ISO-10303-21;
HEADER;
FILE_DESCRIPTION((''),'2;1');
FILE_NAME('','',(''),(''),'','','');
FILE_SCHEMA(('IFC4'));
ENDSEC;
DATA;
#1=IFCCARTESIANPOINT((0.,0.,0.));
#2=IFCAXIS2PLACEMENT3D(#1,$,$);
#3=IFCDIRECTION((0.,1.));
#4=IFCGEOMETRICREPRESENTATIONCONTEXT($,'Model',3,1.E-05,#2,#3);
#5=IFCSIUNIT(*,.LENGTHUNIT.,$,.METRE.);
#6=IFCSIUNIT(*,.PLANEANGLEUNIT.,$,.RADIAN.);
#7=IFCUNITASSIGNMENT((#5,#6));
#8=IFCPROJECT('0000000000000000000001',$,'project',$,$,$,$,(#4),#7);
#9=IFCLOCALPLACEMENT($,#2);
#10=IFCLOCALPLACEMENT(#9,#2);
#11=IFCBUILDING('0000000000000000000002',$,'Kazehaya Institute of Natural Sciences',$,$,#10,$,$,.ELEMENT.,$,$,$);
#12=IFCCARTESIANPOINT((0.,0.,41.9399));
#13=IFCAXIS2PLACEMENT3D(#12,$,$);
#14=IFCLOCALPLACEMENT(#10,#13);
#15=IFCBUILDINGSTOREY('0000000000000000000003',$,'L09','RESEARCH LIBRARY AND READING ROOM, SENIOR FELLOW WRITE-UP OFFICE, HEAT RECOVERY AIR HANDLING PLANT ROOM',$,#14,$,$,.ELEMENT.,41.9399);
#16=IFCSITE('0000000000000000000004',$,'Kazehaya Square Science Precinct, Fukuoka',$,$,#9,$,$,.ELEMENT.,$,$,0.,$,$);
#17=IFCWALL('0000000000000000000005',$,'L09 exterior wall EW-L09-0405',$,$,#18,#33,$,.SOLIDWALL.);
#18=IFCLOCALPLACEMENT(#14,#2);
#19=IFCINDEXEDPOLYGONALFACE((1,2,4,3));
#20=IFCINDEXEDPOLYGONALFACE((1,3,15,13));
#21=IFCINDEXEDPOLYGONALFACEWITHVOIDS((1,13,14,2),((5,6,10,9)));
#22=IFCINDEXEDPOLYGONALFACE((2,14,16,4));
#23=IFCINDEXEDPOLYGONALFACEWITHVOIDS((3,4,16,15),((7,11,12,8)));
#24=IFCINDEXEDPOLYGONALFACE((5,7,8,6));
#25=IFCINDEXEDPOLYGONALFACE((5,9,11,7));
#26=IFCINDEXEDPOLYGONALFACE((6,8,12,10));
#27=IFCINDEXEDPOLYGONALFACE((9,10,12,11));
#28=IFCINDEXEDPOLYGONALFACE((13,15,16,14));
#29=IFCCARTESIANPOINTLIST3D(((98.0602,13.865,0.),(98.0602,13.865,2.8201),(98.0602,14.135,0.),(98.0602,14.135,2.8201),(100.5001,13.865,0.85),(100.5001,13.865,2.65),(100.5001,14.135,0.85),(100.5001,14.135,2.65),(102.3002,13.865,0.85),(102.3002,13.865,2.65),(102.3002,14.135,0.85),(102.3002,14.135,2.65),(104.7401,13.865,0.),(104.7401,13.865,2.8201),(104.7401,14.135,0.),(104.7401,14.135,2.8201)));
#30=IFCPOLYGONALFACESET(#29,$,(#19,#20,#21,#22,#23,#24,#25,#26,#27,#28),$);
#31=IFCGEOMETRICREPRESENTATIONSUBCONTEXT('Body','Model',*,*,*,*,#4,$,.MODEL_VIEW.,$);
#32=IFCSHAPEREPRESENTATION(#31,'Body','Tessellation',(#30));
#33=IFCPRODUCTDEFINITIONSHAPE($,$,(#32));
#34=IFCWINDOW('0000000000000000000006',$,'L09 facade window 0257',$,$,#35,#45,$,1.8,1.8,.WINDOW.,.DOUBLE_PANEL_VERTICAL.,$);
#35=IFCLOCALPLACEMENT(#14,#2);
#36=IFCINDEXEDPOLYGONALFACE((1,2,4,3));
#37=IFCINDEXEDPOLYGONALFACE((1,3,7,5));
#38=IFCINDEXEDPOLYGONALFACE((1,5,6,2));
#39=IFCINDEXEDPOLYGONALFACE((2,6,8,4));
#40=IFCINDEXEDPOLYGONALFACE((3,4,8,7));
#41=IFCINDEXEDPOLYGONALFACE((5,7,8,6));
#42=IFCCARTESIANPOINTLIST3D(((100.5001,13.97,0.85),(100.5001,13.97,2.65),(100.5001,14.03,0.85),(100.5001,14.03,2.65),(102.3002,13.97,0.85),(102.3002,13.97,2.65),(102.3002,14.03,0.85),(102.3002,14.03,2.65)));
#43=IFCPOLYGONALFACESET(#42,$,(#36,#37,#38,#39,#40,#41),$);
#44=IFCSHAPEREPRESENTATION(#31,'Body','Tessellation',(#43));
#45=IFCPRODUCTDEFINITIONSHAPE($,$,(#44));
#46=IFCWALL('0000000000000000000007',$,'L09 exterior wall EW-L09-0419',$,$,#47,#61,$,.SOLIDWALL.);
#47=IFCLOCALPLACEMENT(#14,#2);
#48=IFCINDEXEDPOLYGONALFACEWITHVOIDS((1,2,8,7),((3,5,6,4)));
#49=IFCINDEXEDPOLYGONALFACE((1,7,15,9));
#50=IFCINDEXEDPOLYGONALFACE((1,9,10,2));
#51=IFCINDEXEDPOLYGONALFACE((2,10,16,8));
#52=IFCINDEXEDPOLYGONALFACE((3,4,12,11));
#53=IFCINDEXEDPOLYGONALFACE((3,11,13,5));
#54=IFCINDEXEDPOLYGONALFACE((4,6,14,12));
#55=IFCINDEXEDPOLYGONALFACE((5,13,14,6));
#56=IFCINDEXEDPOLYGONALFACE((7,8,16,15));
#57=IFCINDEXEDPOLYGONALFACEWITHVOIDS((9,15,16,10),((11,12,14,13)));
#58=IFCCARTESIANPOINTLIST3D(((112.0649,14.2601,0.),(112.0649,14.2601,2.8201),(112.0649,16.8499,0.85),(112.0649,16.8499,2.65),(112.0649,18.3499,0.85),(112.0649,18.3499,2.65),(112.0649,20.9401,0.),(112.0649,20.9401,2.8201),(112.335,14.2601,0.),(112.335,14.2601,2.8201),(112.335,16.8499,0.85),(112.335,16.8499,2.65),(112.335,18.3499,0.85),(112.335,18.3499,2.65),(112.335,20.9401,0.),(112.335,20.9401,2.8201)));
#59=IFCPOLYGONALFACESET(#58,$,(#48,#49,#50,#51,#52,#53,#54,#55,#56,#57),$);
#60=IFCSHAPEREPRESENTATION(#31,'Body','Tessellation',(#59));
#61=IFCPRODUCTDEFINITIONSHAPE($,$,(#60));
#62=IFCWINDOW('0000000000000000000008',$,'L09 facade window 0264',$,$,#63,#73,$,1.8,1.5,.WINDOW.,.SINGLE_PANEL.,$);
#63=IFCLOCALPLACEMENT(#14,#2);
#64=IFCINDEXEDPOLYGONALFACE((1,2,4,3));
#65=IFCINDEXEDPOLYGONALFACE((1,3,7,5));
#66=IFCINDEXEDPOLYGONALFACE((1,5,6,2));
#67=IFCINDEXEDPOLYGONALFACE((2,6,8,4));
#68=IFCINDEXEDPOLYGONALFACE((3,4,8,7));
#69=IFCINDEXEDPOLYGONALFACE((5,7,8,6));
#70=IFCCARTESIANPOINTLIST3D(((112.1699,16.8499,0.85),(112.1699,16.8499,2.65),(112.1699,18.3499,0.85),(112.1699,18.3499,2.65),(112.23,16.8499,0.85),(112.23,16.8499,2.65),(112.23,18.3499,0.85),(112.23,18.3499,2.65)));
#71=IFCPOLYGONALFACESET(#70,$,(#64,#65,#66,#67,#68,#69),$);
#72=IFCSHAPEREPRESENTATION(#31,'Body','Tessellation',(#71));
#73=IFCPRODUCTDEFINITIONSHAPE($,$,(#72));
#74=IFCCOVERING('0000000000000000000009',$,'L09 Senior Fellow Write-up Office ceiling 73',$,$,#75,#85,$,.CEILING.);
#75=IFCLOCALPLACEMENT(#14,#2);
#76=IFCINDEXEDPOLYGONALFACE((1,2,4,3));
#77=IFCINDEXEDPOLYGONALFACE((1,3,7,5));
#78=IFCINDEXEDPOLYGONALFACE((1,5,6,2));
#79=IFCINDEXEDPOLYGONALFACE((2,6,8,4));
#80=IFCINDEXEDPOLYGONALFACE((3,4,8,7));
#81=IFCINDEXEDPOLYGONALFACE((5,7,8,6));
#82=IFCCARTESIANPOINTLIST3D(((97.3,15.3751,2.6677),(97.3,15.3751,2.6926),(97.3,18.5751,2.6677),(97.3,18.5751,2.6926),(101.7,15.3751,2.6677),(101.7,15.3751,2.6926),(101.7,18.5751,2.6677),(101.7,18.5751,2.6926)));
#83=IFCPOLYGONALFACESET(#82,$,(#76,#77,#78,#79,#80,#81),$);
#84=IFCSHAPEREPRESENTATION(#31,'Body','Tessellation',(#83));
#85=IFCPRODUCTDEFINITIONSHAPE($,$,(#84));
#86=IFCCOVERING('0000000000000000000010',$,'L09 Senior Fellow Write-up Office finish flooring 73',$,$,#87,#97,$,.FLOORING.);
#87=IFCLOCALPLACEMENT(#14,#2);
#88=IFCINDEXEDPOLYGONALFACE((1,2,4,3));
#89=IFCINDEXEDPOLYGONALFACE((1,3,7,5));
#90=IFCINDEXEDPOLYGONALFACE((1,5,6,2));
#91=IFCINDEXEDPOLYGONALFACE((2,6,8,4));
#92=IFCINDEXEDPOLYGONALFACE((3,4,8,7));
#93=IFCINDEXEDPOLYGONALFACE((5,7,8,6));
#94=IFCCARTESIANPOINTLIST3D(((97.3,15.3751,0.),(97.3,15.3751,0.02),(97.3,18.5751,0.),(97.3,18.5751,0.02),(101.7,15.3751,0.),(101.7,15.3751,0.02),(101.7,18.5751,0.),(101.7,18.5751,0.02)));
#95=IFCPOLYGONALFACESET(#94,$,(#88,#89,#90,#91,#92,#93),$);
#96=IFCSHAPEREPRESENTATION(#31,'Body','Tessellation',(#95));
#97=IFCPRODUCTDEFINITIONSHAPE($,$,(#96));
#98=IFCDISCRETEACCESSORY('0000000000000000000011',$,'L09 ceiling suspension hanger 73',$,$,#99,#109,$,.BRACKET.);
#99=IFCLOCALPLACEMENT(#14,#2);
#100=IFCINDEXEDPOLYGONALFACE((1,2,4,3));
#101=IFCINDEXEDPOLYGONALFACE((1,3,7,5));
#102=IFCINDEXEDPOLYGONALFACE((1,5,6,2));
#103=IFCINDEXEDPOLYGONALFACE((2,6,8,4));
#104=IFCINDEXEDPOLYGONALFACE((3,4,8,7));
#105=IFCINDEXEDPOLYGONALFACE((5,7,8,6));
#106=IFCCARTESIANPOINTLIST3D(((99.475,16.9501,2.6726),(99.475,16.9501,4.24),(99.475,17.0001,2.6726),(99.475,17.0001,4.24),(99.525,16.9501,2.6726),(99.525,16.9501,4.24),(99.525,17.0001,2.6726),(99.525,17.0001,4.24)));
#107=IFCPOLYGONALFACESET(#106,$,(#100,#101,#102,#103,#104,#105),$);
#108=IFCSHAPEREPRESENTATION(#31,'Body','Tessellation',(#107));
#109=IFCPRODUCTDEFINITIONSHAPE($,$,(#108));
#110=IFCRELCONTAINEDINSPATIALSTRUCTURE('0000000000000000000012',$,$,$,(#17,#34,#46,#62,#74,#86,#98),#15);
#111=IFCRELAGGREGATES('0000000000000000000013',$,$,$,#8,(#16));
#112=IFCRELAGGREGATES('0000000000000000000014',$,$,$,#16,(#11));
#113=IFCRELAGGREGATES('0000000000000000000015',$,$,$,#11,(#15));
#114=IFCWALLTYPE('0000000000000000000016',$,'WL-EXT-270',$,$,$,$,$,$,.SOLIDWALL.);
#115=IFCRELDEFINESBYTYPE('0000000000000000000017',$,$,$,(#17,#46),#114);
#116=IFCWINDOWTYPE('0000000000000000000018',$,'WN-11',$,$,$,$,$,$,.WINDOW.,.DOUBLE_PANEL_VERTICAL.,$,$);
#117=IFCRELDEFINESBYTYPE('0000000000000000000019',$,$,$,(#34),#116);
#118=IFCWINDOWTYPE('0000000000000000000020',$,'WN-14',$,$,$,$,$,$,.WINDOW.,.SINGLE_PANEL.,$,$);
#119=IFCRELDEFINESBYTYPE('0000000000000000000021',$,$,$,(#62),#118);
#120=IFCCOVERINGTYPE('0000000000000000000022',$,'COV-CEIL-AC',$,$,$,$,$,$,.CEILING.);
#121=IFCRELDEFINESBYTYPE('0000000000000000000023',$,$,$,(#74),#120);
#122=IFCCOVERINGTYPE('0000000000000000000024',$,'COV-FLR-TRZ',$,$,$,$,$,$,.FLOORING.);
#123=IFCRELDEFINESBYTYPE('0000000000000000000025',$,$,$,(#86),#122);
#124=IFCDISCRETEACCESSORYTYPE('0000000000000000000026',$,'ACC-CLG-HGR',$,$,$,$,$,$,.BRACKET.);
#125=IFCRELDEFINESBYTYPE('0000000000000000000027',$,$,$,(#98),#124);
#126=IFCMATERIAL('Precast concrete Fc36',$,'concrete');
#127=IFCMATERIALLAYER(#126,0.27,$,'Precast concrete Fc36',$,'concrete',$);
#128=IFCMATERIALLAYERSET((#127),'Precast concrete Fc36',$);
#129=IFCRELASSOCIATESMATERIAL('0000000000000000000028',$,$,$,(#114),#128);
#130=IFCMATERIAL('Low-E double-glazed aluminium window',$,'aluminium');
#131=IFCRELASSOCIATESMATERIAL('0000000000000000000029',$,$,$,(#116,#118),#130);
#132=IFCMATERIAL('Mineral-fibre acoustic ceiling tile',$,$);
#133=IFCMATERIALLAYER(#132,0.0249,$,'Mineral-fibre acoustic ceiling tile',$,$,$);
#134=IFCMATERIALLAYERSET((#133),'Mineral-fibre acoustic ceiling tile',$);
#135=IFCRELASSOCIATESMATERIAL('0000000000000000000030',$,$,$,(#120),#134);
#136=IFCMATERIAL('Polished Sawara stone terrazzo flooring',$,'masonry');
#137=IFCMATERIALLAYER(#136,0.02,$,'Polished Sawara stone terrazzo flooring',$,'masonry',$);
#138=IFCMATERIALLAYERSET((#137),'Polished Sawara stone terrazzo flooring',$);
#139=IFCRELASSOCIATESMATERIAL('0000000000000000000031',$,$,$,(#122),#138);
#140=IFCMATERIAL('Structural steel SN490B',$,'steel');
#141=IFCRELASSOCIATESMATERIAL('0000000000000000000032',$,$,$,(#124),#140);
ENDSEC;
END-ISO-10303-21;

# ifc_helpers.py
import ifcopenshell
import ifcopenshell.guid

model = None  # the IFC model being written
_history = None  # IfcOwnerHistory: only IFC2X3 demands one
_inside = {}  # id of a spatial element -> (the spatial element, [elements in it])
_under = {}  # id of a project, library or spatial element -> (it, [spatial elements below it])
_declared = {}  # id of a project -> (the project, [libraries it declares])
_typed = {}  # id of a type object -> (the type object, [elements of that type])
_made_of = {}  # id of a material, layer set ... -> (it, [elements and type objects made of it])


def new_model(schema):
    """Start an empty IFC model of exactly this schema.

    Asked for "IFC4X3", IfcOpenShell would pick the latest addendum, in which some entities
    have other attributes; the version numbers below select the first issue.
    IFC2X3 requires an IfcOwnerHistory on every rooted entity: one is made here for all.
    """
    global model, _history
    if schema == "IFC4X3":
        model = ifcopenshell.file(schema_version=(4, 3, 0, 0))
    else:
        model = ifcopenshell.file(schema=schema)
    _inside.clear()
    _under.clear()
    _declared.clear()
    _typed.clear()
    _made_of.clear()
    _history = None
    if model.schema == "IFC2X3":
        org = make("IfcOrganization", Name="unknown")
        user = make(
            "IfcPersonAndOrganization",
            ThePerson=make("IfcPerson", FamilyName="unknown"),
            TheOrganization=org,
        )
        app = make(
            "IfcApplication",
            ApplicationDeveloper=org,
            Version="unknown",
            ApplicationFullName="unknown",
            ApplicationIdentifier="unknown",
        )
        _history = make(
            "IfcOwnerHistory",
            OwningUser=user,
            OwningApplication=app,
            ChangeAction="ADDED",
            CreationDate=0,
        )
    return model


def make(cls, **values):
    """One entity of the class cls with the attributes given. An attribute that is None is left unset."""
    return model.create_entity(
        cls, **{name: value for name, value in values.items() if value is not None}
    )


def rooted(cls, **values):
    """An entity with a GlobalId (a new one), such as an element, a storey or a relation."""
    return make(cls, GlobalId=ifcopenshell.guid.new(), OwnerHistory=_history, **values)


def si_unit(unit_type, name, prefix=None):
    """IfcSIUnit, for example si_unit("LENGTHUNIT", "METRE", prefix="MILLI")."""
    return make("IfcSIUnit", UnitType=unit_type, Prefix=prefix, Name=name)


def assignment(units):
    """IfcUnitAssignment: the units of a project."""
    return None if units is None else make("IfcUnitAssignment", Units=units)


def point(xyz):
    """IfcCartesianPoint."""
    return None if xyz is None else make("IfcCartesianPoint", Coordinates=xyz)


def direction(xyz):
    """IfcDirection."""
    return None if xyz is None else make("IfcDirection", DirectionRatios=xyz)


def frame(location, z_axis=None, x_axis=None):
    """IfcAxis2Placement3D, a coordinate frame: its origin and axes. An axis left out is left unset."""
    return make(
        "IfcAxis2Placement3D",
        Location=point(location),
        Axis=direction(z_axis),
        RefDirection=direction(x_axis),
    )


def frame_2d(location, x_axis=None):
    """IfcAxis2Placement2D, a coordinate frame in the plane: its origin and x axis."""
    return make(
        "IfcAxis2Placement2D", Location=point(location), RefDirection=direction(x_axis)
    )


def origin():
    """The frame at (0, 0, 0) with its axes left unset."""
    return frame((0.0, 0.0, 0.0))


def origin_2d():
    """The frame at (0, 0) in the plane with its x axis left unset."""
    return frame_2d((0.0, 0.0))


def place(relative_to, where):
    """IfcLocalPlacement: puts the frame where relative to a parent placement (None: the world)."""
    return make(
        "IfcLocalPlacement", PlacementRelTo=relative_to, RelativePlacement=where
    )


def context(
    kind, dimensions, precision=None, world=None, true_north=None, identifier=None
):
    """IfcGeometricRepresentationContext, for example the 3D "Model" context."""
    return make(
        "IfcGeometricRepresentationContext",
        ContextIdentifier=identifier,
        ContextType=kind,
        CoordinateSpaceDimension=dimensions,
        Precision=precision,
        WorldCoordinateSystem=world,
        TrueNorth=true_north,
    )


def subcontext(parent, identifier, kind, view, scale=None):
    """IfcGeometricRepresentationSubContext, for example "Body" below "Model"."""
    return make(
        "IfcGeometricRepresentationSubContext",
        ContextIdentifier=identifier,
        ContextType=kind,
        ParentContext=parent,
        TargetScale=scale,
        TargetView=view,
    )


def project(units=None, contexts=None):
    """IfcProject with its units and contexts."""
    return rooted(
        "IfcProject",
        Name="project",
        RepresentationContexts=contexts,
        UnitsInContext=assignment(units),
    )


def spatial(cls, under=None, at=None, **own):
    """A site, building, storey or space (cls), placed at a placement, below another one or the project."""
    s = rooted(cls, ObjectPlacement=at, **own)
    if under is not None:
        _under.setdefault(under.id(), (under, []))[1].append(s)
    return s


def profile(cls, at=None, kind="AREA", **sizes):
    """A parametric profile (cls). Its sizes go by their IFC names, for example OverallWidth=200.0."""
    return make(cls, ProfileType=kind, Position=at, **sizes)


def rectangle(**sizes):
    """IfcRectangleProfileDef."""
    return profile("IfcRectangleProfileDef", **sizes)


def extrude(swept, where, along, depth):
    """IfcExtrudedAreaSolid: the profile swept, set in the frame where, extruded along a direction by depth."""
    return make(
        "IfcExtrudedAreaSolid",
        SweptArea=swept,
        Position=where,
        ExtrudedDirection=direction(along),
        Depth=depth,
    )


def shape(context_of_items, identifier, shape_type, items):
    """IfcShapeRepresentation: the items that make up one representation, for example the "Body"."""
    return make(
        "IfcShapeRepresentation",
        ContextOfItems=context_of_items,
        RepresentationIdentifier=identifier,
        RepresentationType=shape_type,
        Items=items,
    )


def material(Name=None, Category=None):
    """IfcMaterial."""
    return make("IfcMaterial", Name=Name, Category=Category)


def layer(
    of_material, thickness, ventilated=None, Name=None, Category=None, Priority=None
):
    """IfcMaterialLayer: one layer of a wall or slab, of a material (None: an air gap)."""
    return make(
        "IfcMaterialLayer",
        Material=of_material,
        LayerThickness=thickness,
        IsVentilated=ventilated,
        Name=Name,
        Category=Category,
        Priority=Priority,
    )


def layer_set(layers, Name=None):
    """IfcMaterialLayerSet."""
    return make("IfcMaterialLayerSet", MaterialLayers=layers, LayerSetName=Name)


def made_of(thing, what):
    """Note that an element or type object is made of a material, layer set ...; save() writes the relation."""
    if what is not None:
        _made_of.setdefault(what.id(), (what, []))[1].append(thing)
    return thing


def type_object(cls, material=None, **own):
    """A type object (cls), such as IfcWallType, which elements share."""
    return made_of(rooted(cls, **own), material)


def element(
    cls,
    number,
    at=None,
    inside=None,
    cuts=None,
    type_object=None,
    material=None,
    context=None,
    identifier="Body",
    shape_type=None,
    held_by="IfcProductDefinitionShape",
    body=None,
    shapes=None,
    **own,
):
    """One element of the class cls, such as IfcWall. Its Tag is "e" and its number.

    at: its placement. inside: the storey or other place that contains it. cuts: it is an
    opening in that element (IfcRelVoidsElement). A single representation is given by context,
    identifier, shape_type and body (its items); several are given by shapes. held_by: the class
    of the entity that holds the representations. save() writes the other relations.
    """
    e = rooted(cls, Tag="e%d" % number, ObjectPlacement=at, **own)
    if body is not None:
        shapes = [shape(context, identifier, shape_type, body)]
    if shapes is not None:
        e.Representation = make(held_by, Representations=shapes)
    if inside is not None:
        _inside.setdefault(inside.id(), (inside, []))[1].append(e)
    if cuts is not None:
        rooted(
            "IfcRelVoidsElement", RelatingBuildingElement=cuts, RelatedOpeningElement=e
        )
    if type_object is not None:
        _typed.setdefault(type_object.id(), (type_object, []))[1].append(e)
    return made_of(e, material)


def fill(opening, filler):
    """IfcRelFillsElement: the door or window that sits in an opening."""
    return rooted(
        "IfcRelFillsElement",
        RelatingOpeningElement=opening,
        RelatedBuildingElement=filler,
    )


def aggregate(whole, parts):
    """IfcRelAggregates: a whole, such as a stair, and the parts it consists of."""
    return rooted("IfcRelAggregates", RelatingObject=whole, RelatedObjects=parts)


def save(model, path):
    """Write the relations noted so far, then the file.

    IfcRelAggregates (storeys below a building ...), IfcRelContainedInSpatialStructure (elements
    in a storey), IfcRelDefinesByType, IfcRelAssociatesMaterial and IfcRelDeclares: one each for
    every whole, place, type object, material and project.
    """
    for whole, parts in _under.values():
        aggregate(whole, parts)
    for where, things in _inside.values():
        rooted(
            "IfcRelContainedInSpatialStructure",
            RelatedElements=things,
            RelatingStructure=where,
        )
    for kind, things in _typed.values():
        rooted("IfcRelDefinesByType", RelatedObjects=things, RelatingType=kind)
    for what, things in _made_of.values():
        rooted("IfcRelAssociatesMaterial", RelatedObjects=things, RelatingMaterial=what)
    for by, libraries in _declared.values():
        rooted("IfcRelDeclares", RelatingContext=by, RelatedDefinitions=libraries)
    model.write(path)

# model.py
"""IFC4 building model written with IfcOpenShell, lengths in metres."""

from ifc_helpers import new_model, si_unit, direction, frame, frame_2d, origin, origin_2d, place, context, subcontext, project, spatial, rectangle, extrude, material, layer, layer_set, type_object, element, fill, save


model = new_model("IFC4")

# Units and contexts
model_context = context("Model", 3, precision=1e-05, world=origin(), true_north=direction((0.0, 1.0)))
body_context = subcontext(model_context, "Body", "Model", "MODEL_VIEW")
ifc_project = project(units=[si_unit("LENGTHUNIT", "METRE"), si_unit("PLANEANGLEUNIT", "RADIAN")], contexts=[model_context])

# Site, building, storey
site_placement = place(None, origin())
site = spatial("IfcSite", under=ifc_project, at=site_placement, Name="Kazehaya Square Science Precinct, Fukuoka", CompositionType="ELEMENT", RefElevation=0.0)
building_placement = place(site_placement, origin())
building = spatial("IfcBuilding", under=site, at=building_placement, Name="Kazehaya Institute of Natural Sciences", CompositionType="ELEMENT")
storey_placement = place(building_placement, frame((0.0, 0.0, 41.9399)))
storey = spatial("IfcBuildingStorey", under=building, at=storey_placement, Name="L09", Description="RESEARCH LIBRARY AND READING ROOM, SENIOR FELLOW WRITE-UP OFFICE, HEAT RECOVERY AIR HANDLING PLANT ROOM", CompositionType="ELEMENT", Elevation=41.9399)

# Walls, openings, windows
ifc_material_1 = material(Name="Precast concrete Fc36", Category="concrete")
ifc_layer_1 = layer(ifc_material_1, 0.27, Name="Precast concrete Fc36", Category="concrete")
ifc_layer_set_1 = layer_set([ifc_layer_1], Name="Precast concrete Fc36")
wall_type = type_object("IfcWallType", Name="WL-EXT-270", PredefinedType="SOLIDWALL", material=ifc_layer_set_1)
ifc_material_2 = material(Name="Low-E double-glazed aluminium window", Category="aluminium")
window_type_1 = type_object("IfcWindowType", Name="WN-11", PartitioningType="DOUBLE_PANEL_VERTICAL", PredefinedType="WINDOW", material=ifc_material_2)
wall_1_placement = place(storey_placement, frame((104.74, 14.0, 0.0), z_axis=(0.0, 0.0, 1.0), x_axis=(-1.0, 0.0, 0.0)))
wall_1 = element("IfcWall", 1, at=wall_1_placement, inside=storey, type_object=wall_type, Name="L09 exterior wall EW-L09-0405", PredefinedType="SOLIDWALL", context=body_context, shape_type="SweptSolid", body=[
    extrude(rectangle(XDim=6.6799, YDim=0.27, at=frame_2d((3.3398, 0.0))), origin(), (0.0, 0.0, 1.0), 2.8201),
])
opening_1_placement = place(wall_1_placement, frame((2.4399, 0.0, 0.8501)))
opening_1 = element("IfcOpeningElement", 2, at=opening_1_placement, cuts=wall_1, PredefinedType="OPENING", context=body_context, shape_type="SweptSolid", body=[
    extrude(rectangle(XDim=1.8, YDim=1.8, at=frame_2d((0.8999, 0.8999))), frame((0.0, 0.145, 0.0), z_axis=(0.0, -1.0, 0.0), x_axis=(1.0, 0.0, 0.0)), (0.0, 0.0, 1.0), 0.29),
])
window_1_placement = place(opening_1_placement, origin())
window_1 = element("IfcWindow", 3, at=window_1_placement, inside=storey, type_object=window_type_1, Name="L09 facade window 0257", OverallHeight=1.8, OverallWidth=1.8, PartitioningType="DOUBLE_PANEL_VERTICAL", PredefinedType="WINDOW", context=body_context, shape_type="SweptSolid", body=[
    extrude(rectangle(XDim=1.8, YDim=1.8, at=frame_2d((0.8999, 0.8999))), frame((0.0, 0.03, 0.0), z_axis=(0.0, -1.0, 0.0), x_axis=(1.0, 0.0, 0.0)), (0.0, 0.0, 1.0), 0.0601),
])
fill(opening_1, window_1)
wall_2_placement = place(storey_placement, frame((112.2, 20.9399, 0.0), z_axis=(0.0, 0.0, 1.0), x_axis=(0.0, -1.0, 0.0)))
wall_2 = element("IfcWall", 4, at=wall_2_placement, inside=storey, type_object=wall_type, Name="L09 exterior wall EW-L09-0419", PredefinedType="SOLIDWALL", context=body_context, shape_type="SweptSolid", body=[
    extrude(rectangle(XDim=6.6799, YDim=0.27, at=frame_2d((3.3398, 0.0))), origin(), (0.0, 0.0, 1.0), 2.8201),
])
opening_2_placement = place(wall_2_placement, frame((2.5901, 0.0, 0.8501)))
opening_2 = element("IfcOpeningElement", 5, at=opening_2_placement, cuts=wall_2, PredefinedType="OPENING", context=body_context, shape_type="SweptSolid", body=[
    extrude(rectangle(XDim=1.5, YDim=1.8, at=frame_2d((0.75, 0.8999))), frame((0.0, 0.145, 0.0), z_axis=(0.0, -1.0, 0.0), x_axis=(1.0, 0.0, 0.0)), (0.0, 0.0, 1.0), 0.29),
])
window_type_2 = type_object("IfcWindowType", Name="WN-14", PartitioningType="SINGLE_PANEL", PredefinedType="WINDOW", material=ifc_material_2)
window_2_placement = place(opening_2_placement, origin())
window_2 = element("IfcWindow", 6, at=window_2_placement, inside=storey, type_object=window_type_2, Name="L09 facade window 0264", OverallHeight=1.8, OverallWidth=1.5, PartitioningType="SINGLE_PANEL", PredefinedType="WINDOW", context=body_context, shape_type="SweptSolid", body=[
    extrude(rectangle(XDim=1.5, YDim=1.8, at=frame_2d((0.75, 0.8999))), frame((0.0, 0.03, 0.0), z_axis=(0.0, -1.0, 0.0), x_axis=(1.0, 0.0, 0.0)), (0.0, 0.0, 1.0), 0.0601),
])
fill(opening_2, window_2)

# Coverings
ifc_material_3 = material(Name="Mineral-fibre acoustic ceiling tile")
ifc_layer_2 = layer(ifc_material_3, 0.0249, Name="Mineral-fibre acoustic ceiling tile")
ifc_layer_set_2 = layer_set([ifc_layer_2], Name="Mineral-fibre acoustic ceiling tile")
covering_type_1 = type_object("IfcCoveringType", Name="COV-CEIL-AC", PredefinedType="CEILING", material=ifc_layer_set_2)
covering_1_placement = place(storey_placement, frame((99.5, 16.9751, 2.6677), z_axis=(0.0, 0.0, 1.0), x_axis=(1.0, 0.0, 0.0)))
element("IfcCovering", 7, at=covering_1_placement, inside=storey, type_object=covering_type_1, Name="L09 Senior Fellow Write-up Office ceiling 73", PredefinedType="CEILING", context=body_context, shape_type="SweptSolid", body=[
    extrude(rectangle(XDim=4.3999, YDim=3.2, at=origin_2d()), origin(), (0.0, 0.0, 1.0), 0.0249),
])
ifc_material_4 = material(Name="Polished Sawara stone terrazzo flooring", Category="masonry")
ifc_layer_3 = layer(ifc_material_4, 0.02, Name="Polished Sawara stone terrazzo flooring", Category="masonry")
ifc_layer_set_3 = layer_set([ifc_layer_3], Name="Polished Sawara stone terrazzo flooring")
covering_type_2 = type_object("IfcCoveringType", Name="COV-FLR-TRZ", PredefinedType="FLOORING", material=ifc_layer_set_3)
covering_2_placement = place(storey_placement, frame((99.5, 16.9751, 0.0), z_axis=(0.0, 0.0, 1.0), x_axis=(1.0, 0.0, 0.0)))
element("IfcCovering", 8, at=covering_2_placement, inside=storey, type_object=covering_type_2, Name="L09 Senior Fellow Write-up Office finish flooring 73", PredefinedType="FLOORING", context=body_context, shape_type="SweptSolid", body=[
    extrude(rectangle(XDim=4.3999, YDim=3.2, at=origin_2d()), origin(), (0.0, 0.0, 1.0), 0.02),
])

# Discrete accessory
ifc_material_5 = material(Name="Structural steel SN490B", Category="steel")
discrete_accessory_type = type_object("IfcDiscreteAccessoryType", Name="ACC-CLG-HGR", PredefinedType="BRACKET", material=ifc_material_5)
discrete_accessory_placement = place(storey_placement, frame((99.5, 16.9751, 2.6726), z_axis=(0.0, 0.0, 1.0), x_axis=(1.0, 0.0, 0.0)))
element("IfcDiscreteAccessory", 9, at=discrete_accessory_placement, inside=storey, type_object=discrete_accessory_type, Name="L09 ceiling suspension hanger 73", PredefinedType="BRACKET", context=body_context, shape_type="SweptSolid", body=[
    extrude(rectangle(XDim=0.05, YDim=0.05, at=origin_2d()), origin(), (0.0, 0.0, 1.0), 1.5674),
])

save(model, "model.ifc")
